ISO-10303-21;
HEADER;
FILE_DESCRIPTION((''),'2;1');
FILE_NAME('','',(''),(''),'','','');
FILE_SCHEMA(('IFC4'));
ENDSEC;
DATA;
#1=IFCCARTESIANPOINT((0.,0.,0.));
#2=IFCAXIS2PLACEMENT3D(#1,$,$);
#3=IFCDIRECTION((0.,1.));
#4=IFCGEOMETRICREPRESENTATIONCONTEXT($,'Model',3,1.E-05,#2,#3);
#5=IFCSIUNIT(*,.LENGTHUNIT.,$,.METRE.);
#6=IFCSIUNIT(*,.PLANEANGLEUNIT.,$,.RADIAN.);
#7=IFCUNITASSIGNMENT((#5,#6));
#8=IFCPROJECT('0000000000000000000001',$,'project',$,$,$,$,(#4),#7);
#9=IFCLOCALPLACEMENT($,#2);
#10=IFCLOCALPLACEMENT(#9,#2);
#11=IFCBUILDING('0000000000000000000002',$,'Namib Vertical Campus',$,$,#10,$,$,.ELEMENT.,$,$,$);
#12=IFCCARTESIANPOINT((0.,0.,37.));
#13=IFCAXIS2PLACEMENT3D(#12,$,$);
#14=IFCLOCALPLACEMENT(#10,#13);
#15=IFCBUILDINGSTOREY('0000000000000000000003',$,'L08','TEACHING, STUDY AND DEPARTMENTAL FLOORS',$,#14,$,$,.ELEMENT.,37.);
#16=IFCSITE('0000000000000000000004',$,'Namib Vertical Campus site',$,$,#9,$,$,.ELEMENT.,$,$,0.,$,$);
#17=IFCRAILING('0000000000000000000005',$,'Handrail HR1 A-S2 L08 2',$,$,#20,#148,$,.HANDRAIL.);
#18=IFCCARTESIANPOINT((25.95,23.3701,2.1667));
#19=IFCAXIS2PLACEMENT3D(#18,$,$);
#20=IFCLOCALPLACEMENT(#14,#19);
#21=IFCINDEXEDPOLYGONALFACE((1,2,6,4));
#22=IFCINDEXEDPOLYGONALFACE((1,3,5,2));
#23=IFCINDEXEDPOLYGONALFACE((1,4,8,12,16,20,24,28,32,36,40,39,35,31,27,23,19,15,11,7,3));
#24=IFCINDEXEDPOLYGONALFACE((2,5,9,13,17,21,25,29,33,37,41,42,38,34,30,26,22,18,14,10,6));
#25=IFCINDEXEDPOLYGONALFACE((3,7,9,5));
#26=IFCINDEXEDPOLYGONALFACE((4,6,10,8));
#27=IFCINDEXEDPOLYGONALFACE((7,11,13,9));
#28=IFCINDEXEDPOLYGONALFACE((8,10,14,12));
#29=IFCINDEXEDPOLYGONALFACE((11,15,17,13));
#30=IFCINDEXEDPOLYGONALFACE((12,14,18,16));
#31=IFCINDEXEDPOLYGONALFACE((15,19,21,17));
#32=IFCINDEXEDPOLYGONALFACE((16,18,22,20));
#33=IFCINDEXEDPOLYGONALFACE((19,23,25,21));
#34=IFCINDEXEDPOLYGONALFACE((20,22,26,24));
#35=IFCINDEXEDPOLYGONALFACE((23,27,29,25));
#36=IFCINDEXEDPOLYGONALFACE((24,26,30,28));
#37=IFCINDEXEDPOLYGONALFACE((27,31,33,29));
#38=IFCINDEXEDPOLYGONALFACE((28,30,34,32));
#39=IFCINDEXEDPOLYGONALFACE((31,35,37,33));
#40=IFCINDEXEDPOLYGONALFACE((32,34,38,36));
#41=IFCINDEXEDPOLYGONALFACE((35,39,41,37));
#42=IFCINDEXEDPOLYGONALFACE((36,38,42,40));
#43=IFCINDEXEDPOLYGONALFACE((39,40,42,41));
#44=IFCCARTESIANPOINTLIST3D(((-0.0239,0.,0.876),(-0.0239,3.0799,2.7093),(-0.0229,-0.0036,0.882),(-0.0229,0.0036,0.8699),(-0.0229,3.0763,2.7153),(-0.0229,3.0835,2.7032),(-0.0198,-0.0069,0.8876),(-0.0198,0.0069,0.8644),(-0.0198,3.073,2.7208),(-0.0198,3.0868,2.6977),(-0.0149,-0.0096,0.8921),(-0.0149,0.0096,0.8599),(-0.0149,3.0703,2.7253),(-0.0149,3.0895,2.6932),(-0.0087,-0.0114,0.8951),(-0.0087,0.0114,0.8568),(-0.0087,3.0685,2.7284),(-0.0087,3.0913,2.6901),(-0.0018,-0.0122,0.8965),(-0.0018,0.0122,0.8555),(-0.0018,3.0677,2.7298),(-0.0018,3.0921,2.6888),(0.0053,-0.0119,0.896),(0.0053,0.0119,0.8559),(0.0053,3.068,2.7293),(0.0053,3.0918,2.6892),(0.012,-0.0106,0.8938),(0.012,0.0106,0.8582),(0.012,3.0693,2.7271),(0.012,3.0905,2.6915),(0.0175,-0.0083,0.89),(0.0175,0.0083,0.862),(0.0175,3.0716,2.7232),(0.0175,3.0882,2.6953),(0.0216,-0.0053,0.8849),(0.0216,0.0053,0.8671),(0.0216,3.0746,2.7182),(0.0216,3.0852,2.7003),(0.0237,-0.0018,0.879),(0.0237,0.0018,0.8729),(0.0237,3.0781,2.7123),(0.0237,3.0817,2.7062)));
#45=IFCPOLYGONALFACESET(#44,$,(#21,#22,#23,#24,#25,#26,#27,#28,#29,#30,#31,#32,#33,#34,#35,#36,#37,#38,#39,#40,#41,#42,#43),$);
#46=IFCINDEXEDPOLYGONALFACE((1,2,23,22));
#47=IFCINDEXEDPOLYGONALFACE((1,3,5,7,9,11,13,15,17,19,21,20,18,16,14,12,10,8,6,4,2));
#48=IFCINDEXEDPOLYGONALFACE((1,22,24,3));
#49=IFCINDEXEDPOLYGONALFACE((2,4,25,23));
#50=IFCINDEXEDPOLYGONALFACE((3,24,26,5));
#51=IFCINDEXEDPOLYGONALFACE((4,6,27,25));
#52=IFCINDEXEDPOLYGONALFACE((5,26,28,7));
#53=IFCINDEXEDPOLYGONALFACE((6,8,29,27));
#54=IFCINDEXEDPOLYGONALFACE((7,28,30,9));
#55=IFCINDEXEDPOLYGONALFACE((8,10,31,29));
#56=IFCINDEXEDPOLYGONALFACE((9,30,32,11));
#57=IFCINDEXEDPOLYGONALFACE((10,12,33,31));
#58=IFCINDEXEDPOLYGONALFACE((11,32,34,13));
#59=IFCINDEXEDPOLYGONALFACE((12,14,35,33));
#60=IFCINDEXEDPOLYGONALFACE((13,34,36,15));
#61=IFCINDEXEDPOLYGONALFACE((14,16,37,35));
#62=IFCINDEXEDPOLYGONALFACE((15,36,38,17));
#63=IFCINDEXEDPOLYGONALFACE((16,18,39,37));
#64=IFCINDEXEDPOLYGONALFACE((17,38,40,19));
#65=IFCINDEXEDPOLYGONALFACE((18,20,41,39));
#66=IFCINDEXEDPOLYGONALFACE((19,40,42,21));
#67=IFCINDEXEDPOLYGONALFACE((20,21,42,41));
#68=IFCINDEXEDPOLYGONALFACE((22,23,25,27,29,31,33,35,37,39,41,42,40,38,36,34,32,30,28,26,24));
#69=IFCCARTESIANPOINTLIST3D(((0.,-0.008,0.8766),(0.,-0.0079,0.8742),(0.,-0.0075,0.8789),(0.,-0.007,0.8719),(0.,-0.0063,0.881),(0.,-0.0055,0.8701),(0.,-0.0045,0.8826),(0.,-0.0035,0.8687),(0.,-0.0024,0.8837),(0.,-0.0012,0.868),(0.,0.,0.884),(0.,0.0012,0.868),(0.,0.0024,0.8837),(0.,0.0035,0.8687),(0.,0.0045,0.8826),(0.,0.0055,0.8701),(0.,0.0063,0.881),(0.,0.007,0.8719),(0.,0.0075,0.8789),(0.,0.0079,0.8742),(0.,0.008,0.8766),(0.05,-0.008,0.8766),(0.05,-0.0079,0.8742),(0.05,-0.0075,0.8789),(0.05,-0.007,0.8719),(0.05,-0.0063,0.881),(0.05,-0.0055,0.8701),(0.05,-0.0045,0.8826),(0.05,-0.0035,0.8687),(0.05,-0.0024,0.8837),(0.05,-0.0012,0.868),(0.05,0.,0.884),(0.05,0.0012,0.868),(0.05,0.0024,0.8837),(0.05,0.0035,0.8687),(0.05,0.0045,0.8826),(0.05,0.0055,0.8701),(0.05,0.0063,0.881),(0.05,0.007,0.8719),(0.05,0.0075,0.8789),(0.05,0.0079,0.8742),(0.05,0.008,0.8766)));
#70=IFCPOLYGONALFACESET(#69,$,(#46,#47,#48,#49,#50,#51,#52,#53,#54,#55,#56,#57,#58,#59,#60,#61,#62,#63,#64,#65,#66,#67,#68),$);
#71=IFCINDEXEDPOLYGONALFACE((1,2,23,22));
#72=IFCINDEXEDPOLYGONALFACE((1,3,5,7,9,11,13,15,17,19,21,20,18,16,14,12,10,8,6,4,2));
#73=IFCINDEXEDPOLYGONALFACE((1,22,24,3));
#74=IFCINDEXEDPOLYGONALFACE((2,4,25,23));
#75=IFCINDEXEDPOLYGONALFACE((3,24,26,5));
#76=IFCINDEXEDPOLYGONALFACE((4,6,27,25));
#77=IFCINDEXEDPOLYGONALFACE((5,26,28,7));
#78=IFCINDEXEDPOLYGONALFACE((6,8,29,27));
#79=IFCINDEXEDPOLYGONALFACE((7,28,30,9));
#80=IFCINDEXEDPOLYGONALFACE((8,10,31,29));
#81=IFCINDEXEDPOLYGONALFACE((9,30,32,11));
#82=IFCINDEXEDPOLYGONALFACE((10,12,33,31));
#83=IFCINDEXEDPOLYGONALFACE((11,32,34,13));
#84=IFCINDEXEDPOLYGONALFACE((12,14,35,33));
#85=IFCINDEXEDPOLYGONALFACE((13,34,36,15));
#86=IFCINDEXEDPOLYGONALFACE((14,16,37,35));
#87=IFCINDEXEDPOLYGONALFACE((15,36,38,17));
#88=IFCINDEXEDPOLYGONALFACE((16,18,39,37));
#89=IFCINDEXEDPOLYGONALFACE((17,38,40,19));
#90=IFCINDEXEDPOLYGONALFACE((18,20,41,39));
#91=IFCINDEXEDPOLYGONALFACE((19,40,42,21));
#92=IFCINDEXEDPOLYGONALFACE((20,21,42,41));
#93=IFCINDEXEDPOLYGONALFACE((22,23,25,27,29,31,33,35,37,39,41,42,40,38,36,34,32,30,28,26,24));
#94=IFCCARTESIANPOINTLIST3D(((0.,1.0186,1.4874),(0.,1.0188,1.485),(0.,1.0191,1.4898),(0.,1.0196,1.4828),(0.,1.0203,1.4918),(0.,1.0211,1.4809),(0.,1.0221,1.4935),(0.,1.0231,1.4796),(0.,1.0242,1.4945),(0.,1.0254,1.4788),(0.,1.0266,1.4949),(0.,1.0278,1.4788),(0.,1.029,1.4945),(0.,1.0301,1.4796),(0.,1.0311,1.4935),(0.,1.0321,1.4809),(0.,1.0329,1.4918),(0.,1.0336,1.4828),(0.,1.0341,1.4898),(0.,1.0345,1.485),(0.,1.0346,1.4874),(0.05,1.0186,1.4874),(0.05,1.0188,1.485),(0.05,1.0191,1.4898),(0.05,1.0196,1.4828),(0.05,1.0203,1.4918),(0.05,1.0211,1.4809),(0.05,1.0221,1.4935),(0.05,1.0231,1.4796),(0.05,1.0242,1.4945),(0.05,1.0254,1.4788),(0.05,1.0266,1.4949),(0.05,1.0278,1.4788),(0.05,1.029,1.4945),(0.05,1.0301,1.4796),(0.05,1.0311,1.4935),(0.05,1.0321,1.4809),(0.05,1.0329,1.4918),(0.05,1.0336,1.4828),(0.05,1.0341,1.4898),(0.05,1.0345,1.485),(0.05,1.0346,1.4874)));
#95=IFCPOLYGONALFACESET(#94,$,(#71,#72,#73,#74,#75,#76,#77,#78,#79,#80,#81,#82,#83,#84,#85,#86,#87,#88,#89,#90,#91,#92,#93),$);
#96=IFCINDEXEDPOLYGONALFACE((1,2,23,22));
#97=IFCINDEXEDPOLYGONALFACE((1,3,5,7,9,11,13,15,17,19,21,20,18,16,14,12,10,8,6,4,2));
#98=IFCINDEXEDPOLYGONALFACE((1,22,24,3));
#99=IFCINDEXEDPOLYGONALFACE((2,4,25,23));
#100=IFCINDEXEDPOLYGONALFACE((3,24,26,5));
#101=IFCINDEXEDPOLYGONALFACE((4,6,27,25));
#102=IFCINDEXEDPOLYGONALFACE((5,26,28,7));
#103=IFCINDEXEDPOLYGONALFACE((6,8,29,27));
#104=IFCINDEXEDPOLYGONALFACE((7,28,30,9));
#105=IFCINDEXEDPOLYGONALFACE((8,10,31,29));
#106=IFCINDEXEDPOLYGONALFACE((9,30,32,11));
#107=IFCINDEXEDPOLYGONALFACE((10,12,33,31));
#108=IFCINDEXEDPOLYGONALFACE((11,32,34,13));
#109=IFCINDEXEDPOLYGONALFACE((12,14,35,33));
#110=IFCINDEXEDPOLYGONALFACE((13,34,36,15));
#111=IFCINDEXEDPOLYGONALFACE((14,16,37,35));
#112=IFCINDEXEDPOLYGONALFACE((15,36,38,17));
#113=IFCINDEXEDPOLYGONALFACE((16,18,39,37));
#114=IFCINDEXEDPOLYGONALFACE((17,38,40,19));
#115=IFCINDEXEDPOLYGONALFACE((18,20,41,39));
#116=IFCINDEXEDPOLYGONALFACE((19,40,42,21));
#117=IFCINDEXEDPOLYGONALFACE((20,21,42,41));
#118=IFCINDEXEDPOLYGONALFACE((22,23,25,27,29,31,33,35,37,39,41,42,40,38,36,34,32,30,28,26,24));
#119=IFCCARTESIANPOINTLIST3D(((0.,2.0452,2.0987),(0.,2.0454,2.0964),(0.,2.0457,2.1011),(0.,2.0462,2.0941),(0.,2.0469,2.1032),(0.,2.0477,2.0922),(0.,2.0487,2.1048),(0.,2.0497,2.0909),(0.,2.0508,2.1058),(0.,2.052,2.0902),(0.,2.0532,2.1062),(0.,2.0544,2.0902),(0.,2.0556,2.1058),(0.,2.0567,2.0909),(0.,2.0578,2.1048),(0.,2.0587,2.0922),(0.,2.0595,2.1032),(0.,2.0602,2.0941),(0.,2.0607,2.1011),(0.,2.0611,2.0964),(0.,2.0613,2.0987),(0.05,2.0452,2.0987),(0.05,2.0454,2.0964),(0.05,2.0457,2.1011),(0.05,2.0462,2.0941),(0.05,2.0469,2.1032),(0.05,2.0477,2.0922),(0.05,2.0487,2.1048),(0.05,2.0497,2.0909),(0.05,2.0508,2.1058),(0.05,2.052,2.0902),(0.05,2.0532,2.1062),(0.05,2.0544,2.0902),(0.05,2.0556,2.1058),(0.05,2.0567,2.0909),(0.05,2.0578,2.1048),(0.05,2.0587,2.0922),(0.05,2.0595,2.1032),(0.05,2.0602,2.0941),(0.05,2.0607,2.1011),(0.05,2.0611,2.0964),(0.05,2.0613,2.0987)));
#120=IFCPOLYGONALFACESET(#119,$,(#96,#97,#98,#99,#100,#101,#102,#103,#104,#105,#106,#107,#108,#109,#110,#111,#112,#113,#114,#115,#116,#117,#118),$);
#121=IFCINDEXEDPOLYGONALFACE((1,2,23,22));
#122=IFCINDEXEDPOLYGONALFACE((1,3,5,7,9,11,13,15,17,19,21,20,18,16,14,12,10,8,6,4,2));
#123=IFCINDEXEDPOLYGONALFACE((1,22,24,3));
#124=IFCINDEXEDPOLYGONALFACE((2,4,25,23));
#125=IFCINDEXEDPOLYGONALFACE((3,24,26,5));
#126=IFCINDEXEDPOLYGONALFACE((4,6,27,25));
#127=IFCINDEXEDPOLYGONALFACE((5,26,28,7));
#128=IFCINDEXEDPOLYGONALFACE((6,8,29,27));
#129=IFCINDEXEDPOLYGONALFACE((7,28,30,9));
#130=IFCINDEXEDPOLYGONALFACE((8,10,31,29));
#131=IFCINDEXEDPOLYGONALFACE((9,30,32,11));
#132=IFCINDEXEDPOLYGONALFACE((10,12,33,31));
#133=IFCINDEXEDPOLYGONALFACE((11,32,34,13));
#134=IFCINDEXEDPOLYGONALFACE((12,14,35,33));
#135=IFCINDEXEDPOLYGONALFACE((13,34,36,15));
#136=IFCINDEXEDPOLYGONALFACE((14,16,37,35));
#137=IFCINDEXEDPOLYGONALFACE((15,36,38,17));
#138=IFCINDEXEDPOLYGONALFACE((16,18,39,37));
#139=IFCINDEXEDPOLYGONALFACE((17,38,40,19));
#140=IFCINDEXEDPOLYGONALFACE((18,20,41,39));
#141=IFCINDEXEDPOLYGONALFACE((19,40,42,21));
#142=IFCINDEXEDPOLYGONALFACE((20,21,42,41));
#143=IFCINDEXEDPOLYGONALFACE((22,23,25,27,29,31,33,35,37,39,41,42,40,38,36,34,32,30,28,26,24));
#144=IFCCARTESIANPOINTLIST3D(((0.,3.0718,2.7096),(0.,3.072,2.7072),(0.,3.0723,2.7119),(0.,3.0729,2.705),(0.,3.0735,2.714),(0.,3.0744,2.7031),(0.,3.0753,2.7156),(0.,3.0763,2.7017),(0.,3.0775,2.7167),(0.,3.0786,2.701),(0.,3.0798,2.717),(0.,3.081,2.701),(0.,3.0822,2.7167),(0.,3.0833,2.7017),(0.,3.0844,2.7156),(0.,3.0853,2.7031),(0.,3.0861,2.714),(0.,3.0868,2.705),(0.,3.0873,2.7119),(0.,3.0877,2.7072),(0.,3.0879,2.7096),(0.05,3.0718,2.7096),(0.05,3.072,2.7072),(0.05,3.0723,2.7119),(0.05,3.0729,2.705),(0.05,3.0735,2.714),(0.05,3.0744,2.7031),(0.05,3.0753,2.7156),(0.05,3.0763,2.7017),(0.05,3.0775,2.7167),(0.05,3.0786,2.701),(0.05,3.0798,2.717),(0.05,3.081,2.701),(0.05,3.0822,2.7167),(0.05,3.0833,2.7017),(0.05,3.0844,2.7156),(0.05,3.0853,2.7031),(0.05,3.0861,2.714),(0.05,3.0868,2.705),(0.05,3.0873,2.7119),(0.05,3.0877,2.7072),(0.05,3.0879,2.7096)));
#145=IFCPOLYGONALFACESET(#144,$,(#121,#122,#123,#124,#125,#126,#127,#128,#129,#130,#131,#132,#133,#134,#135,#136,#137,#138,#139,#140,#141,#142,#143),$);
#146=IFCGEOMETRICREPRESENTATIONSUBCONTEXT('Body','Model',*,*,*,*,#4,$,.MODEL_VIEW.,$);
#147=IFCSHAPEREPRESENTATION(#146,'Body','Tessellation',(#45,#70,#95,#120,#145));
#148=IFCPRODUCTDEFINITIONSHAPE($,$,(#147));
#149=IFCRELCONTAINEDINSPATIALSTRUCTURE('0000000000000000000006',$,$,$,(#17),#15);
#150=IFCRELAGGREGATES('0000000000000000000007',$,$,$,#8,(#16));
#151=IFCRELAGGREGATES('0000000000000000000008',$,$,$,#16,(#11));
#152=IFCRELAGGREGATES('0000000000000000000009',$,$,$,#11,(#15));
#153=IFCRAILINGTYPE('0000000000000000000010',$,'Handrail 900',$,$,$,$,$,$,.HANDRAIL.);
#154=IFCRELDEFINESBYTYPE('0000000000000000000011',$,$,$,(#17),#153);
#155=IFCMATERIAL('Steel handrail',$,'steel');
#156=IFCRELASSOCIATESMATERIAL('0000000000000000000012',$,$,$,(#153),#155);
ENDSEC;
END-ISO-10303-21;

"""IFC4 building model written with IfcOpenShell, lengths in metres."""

from ifc_helpers import new_model, si_unit, direction, frame, origin, origin_2d, place, context, subcontext, project, spatial, circle, extrude, material, type_object, element, save


model = new_model("IFC4")

# Units and contexts
model_context = context("Model", 3, precision=1e-05, world=origin(), true_north=direction((0.0, 1.0)))
body_context = subcontext(model_context, "Body", "Model", "MODEL_VIEW")
ifc_project = project(units=[si_unit("LENGTHUNIT", "METRE"), si_unit("PLANEANGLEUNIT", "RADIAN")], contexts=[model_context])

# Site, building, storey
site_placement = place(None, origin())
site = spatial("IfcSite", under=ifc_project, at=site_placement, Name="Namib Vertical Campus site", CompositionType="ELEMENT", RefElevation=0.0)
building_placement = place(site_placement, origin())
building = spatial("IfcBuilding", under=site, at=building_placement, Name="Namib Vertical Campus", CompositionType="ELEMENT")
storey_placement = place(building_placement, frame((0.0, 0.0, 37.0)))
storey = spatial("IfcBuildingStorey", under=building, at=storey_placement, Name="L08", Description="TEACHING, STUDY AND DEPARTMENTAL FLOORS", CompositionType="ELEMENT", Elevation=37.0)

# Railing
ifc_material_1 = material(Name="Steel handrail", Category="steel")
railing_type_1 = type_object("IfcRailingType", Name="Handrail 900", PredefinedType="HANDRAIL", material=ifc_material_1)
railing_1_placement = place(storey_placement, frame((25.95, 23.3701, 2.1667)))
element("IfcRailing", 1, at=railing_1_placement, inside=storey, type_object=railing_type_1, Name="Handrail HR1 A-S2 L08 2", PredefinedType="HANDRAIL", context=body_context, shape_type="SweptSolid", body=[
    extrude(circle(Radius=0.0239, at=origin_2d()), frame((0.0, 0.0, 0.876), z_axis=(0.0, 0.859291, 0.511487), x_axis=(-1.0, 0.0, 0.0)), (0.0, 0.0, 1.0), 3.5842),
    extrude(circle(Radius=0.0081, at=origin_2d()), frame((0.0, 0.0, 0.876), z_axis=(1.0, 0.0, 0.0), x_axis=(0.0, 0.0, 1.0)), (0.0, 0.0, 1.0), 0.05),
    extrude(circle(Radius=0.0081, at=origin_2d()), frame((0.0, 1.0266, 1.4868), z_axis=(1.0, 0.0, 0.0), x_axis=(0.0, 0.0, 1.0)), (0.0, 0.0, 1.0), 0.05),
    extrude(circle(Radius=0.0081, at=origin_2d()), frame((0.0, 2.0532, 2.0981), z_axis=(1.0, 0.0, 0.0), x_axis=(0.0, 0.0, 1.0)), (0.0, 0.0, 1.0), 0.05),
    extrude(circle(Radius=0.0081, at=origin_2d()), frame((0.0, 3.0798, 2.709), z_axis=(1.0, 0.0, 0.0), x_axis=(0.0, 0.0, 1.0)), (0.0, 0.0, 1.0), 0.05),
])

save(model, "model.ifc")
